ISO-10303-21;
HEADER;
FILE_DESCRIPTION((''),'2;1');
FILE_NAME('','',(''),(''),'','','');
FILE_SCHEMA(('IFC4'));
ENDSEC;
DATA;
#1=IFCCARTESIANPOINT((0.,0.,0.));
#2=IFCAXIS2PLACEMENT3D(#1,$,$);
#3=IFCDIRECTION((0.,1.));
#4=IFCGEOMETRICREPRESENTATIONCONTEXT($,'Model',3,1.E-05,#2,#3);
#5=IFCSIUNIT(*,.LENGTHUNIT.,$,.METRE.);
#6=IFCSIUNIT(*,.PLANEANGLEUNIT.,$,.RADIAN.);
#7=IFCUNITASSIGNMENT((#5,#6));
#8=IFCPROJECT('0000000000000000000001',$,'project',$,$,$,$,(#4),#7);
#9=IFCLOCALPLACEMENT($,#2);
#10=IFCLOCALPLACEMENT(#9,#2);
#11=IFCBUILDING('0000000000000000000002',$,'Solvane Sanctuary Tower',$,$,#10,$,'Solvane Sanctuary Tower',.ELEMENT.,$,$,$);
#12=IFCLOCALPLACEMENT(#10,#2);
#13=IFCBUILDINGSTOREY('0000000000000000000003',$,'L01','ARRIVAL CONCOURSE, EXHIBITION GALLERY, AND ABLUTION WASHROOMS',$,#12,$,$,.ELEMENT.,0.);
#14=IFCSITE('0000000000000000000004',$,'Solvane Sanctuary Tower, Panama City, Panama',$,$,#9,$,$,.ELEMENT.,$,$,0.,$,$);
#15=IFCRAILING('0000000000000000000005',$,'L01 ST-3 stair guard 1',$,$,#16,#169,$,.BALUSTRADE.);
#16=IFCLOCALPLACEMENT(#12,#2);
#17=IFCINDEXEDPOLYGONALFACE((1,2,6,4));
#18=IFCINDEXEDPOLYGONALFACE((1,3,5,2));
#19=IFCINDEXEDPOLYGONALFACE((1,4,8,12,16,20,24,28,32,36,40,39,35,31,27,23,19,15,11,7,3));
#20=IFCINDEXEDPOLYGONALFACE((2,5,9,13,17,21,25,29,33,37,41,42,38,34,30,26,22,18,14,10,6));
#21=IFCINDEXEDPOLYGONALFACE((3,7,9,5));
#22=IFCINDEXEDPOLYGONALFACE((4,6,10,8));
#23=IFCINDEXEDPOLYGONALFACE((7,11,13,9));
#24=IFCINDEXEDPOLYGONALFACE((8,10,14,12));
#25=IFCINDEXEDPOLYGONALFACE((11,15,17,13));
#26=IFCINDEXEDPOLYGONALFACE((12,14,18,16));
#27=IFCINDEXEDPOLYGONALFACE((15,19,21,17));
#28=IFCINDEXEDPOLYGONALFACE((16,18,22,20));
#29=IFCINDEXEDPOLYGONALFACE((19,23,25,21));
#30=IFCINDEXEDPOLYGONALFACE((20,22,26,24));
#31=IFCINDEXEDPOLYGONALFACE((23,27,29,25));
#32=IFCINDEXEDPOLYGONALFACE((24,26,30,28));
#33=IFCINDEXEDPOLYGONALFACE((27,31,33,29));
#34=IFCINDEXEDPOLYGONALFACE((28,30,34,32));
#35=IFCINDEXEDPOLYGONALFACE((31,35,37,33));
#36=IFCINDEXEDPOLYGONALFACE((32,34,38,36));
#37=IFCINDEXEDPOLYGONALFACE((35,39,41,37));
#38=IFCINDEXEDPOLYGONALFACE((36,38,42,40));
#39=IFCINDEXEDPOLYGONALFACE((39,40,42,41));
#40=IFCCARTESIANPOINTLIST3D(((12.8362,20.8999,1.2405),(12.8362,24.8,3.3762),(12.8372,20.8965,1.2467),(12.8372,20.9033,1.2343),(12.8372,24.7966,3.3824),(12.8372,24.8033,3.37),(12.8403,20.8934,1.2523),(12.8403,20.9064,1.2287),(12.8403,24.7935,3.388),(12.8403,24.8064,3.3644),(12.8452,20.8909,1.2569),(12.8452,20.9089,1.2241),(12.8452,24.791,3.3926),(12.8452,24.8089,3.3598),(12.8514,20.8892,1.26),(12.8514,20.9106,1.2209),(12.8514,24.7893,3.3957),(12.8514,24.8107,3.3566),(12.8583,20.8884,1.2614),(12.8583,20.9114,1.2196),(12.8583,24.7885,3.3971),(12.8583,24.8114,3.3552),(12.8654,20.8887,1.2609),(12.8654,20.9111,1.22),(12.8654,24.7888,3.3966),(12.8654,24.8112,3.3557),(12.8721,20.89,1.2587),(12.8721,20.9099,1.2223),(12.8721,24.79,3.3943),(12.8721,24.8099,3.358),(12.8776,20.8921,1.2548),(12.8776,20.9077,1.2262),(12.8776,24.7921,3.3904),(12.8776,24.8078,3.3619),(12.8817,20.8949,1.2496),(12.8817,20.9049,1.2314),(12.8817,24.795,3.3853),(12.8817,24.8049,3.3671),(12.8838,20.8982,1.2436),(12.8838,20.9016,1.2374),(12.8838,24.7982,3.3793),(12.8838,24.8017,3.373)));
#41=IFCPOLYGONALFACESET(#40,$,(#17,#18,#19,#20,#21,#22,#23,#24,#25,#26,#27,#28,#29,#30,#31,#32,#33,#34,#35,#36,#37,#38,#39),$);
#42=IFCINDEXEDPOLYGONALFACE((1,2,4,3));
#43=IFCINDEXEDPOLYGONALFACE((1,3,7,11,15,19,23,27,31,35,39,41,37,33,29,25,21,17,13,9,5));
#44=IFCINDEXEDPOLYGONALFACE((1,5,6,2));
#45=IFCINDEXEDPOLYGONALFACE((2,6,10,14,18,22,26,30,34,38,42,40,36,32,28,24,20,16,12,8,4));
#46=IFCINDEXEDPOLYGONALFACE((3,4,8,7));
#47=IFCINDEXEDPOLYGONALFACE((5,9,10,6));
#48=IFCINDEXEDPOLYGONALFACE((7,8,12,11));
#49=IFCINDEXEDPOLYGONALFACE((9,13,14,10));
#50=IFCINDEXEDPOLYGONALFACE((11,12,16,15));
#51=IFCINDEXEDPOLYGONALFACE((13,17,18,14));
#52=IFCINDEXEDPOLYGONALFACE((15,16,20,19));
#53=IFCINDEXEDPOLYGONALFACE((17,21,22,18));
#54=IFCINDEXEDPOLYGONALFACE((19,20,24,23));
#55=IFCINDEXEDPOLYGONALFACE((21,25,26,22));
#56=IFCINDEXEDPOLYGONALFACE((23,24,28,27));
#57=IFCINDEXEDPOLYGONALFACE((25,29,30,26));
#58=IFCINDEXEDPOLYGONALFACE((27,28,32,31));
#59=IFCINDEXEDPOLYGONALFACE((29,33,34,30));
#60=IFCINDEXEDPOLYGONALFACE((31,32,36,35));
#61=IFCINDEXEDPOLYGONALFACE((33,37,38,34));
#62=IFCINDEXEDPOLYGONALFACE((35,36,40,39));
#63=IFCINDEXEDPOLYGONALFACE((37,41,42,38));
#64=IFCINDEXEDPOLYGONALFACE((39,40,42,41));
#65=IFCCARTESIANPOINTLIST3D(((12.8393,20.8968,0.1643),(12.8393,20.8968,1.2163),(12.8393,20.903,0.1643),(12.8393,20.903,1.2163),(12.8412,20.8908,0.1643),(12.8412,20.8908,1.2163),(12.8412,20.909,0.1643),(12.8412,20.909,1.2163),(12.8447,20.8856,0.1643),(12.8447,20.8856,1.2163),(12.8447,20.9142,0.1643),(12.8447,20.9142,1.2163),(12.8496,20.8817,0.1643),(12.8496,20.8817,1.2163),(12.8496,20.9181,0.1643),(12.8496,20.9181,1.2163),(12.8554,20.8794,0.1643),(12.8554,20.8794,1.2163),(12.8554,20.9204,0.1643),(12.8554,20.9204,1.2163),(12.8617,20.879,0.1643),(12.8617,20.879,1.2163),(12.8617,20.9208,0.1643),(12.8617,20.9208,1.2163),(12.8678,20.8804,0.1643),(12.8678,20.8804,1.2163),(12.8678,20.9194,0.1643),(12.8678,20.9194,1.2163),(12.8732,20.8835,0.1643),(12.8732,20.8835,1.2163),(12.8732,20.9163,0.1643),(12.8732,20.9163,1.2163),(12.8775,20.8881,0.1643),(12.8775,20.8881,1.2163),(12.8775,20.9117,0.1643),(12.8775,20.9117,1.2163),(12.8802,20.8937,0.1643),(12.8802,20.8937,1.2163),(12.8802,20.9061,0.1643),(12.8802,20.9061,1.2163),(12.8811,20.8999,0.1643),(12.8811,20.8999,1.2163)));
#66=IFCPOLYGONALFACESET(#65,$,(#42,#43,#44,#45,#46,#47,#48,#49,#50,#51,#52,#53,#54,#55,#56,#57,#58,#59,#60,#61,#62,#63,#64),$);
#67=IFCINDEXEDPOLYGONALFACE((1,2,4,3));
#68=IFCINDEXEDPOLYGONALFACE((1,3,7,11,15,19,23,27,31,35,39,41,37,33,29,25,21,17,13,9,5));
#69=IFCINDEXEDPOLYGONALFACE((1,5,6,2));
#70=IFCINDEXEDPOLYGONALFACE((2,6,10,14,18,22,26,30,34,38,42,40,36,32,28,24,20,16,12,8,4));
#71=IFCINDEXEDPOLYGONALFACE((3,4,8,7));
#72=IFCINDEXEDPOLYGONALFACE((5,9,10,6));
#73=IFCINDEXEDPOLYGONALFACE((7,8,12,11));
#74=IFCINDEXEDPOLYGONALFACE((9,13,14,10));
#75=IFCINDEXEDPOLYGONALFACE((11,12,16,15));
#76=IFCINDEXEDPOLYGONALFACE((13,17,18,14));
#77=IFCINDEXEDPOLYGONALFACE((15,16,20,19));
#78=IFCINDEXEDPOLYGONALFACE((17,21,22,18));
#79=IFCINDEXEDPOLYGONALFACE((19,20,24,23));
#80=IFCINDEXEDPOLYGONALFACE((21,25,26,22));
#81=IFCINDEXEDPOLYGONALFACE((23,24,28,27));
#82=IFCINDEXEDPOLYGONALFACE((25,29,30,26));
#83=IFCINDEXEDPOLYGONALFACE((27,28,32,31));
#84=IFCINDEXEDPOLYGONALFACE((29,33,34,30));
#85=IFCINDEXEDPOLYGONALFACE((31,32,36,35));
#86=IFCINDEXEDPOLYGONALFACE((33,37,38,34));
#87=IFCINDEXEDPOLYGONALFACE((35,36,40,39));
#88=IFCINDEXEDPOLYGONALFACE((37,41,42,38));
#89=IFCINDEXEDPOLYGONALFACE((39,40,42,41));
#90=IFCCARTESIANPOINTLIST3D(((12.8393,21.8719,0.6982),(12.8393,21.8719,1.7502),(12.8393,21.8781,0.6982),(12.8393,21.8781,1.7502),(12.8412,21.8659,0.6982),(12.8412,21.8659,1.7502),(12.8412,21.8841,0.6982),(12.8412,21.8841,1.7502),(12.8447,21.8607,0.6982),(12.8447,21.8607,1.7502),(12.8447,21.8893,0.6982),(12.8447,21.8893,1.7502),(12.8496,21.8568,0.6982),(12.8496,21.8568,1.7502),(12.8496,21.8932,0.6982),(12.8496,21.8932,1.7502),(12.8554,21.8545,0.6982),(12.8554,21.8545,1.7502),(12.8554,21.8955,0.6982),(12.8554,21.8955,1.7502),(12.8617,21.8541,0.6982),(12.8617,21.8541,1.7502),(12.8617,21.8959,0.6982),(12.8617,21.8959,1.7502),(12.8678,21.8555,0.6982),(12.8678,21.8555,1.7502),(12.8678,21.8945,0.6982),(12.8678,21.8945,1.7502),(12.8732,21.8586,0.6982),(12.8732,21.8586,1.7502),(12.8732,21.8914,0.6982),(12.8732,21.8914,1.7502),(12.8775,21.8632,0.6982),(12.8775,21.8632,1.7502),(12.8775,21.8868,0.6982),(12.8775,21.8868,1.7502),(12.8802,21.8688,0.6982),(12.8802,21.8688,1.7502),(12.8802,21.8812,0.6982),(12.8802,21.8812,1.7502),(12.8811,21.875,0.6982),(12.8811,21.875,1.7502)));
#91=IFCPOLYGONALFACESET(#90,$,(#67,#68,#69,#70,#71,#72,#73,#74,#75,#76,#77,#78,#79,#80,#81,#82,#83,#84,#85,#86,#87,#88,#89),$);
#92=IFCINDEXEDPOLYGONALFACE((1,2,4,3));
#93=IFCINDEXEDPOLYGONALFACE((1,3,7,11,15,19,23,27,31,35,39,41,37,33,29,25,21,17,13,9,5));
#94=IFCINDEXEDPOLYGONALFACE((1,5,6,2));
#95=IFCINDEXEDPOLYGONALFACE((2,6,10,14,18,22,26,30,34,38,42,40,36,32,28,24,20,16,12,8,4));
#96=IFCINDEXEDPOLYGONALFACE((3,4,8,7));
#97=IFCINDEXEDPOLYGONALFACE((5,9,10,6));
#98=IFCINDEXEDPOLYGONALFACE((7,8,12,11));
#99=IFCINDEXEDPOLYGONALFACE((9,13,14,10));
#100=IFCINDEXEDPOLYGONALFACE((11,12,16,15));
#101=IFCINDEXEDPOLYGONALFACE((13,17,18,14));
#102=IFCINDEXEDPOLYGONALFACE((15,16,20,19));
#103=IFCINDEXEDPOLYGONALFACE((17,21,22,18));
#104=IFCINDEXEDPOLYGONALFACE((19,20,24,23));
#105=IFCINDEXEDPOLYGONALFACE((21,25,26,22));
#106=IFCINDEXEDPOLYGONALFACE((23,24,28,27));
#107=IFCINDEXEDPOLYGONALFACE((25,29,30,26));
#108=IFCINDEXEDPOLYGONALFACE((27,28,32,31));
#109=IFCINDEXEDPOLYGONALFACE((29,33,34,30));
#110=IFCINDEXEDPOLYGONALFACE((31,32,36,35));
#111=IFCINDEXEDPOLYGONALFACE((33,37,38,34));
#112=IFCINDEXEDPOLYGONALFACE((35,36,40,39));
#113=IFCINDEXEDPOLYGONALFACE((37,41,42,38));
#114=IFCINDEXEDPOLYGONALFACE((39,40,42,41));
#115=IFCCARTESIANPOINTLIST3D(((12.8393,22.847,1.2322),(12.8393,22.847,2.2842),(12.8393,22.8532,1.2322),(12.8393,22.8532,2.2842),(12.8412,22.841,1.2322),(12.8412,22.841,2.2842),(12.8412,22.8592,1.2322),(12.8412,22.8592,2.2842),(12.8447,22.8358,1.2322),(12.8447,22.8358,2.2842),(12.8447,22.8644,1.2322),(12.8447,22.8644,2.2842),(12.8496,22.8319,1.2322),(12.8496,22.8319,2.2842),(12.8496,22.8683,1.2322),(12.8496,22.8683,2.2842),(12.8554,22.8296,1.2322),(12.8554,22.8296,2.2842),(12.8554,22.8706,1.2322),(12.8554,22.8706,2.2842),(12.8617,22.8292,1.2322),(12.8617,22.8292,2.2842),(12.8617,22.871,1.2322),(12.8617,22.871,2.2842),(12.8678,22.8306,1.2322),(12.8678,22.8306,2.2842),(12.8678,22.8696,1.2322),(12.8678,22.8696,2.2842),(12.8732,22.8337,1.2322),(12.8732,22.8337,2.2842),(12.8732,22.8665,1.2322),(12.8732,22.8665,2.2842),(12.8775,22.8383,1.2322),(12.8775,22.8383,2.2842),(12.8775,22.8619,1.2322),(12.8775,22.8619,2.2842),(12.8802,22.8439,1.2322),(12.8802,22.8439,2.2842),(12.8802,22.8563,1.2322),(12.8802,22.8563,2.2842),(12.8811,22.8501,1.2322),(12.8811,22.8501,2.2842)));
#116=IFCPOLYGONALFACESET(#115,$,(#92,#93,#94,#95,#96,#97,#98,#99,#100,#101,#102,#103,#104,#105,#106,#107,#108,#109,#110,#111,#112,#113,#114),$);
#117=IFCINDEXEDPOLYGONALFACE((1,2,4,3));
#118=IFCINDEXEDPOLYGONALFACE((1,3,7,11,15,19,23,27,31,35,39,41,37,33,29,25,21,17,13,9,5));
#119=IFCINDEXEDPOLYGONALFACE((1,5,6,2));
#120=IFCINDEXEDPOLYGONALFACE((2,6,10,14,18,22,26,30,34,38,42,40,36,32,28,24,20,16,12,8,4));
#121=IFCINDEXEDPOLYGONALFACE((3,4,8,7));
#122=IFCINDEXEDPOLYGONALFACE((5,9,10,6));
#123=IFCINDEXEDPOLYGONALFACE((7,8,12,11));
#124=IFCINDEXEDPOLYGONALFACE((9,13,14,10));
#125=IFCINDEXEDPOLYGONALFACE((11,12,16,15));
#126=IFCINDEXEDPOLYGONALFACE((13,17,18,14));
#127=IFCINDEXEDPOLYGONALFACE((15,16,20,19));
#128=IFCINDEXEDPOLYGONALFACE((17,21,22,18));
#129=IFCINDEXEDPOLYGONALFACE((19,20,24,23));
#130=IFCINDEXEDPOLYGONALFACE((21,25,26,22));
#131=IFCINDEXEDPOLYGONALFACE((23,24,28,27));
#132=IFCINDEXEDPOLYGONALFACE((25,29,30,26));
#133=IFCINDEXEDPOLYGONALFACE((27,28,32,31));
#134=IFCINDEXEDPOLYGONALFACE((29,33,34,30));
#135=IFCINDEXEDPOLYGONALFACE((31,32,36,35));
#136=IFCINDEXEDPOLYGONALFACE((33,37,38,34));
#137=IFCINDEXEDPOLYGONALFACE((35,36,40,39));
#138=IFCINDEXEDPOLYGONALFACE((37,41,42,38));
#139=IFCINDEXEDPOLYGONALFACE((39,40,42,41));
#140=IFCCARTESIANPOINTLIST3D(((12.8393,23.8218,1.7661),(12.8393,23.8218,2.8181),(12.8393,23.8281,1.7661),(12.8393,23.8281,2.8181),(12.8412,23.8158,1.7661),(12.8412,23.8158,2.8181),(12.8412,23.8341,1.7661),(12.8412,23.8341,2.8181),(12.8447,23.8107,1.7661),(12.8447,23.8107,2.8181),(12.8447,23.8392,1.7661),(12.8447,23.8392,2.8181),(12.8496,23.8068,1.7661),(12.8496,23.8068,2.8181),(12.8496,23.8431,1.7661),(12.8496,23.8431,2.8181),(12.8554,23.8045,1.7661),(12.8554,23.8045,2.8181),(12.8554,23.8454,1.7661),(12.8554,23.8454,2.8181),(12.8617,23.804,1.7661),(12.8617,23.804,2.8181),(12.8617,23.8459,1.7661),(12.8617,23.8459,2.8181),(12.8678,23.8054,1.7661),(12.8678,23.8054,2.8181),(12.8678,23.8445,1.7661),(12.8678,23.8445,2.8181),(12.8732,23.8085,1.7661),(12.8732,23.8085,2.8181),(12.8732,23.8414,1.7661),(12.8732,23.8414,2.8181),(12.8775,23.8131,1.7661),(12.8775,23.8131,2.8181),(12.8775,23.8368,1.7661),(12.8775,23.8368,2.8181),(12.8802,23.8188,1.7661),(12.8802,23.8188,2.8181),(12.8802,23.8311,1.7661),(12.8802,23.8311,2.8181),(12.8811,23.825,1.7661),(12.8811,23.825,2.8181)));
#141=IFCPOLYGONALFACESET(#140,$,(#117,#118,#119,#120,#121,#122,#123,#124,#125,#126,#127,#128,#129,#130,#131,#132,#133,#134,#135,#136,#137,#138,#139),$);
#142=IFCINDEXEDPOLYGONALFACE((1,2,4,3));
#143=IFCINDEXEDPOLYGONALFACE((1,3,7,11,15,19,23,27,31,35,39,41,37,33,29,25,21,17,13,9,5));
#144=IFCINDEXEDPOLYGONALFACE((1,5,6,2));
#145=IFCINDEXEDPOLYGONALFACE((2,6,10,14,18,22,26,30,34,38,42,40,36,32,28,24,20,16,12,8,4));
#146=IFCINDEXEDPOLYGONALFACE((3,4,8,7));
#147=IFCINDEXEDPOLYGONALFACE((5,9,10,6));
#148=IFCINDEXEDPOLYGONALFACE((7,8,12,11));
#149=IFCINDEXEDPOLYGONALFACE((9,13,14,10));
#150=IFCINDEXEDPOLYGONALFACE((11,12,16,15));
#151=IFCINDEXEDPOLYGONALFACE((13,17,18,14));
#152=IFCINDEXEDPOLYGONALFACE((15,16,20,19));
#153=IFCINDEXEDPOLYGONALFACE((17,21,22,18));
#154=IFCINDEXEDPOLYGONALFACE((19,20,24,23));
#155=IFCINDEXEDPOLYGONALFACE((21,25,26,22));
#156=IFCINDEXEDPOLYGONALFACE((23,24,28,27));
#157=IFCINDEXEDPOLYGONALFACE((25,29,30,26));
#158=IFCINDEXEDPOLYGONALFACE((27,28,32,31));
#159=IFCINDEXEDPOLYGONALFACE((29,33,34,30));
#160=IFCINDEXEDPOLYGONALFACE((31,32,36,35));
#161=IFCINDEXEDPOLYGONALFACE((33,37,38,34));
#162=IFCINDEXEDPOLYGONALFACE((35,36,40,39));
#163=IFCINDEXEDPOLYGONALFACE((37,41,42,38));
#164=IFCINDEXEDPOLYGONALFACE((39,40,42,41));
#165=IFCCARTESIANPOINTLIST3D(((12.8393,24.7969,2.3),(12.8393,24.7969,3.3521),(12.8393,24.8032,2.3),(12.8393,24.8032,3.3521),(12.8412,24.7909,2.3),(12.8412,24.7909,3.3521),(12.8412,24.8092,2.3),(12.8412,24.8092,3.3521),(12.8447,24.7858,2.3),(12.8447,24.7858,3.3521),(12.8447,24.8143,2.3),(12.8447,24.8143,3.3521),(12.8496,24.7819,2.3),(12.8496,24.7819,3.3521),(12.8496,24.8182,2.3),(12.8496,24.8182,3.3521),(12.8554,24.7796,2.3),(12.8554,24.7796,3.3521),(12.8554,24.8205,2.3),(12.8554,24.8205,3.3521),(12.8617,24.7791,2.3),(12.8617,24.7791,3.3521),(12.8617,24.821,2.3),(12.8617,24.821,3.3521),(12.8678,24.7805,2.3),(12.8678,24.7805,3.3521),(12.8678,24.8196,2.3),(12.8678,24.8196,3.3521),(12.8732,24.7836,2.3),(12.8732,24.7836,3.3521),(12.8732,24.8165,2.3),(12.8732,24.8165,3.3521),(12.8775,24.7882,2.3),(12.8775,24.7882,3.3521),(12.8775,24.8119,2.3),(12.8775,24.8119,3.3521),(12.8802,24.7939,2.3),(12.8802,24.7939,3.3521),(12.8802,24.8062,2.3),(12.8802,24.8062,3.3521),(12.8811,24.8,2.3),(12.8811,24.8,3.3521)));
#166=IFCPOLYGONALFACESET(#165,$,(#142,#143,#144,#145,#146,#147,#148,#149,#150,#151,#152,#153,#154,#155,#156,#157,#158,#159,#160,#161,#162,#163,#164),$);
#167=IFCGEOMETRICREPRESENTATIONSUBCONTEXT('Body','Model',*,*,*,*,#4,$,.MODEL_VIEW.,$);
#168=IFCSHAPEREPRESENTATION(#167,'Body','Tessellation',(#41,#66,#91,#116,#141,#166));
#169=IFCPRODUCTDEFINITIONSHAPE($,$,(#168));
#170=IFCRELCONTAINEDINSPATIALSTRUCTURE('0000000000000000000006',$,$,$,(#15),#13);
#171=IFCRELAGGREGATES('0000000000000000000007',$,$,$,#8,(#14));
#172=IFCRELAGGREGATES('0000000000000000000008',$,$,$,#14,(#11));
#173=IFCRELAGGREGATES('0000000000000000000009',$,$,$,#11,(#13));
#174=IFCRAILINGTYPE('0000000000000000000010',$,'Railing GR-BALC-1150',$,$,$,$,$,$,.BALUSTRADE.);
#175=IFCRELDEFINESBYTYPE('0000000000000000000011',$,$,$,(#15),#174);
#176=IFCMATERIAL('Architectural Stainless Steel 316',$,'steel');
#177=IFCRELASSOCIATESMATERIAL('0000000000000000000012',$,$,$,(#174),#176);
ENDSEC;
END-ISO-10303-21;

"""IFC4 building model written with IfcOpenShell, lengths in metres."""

from ifc_helpers import new_model, si_unit, direction, frame, origin, origin_2d, place, context, subcontext, project, spatial, circle, extrude, material, type_object, element, save


model = new_model("IFC4")

# Units and contexts
model_context = context("Model", 3, precision=1e-05, world=origin(), true_north=direction((0.0, 1.0)))
body_context = subcontext(model_context, "Body", "Model", "MODEL_VIEW")
ifc_project = project(units=[si_unit("LENGTHUNIT", "METRE"), si_unit("PLANEANGLEUNIT", "RADIAN")], contexts=[model_context])

# Site, building, storey
site_placement = place(None, origin())
site = spatial("IfcSite", under=ifc_project, at=site_placement, Name="Solvane Sanctuary Tower, Panama City, Panama", CompositionType="ELEMENT", RefElevation=0.0)
building_placement = place(site_placement, origin())
building = spatial("IfcBuilding", under=site, at=building_placement, Name="Solvane Sanctuary Tower", LongName="Solvane Sanctuary Tower", CompositionType="ELEMENT")
storey_placement = place(building_placement, origin())
storey = spatial("IfcBuildingStorey", under=building, at=storey_placement, Name="L01", Description="ARRIVAL CONCOURSE, EXHIBITION GALLERY, AND ABLUTION WASHROOMS", CompositionType="ELEMENT", Elevation=0.0)

# Shared definitions
ifc_material_1 = material(Name="Architectural Stainless Steel 316", Category="steel")

# Railing
railing_type = type_object("IfcRailingType", Name="Railing GR-BALC-1150", PredefinedType="BALUSTRADE", material=ifc_material_1)
railing_1_placement = place(storey_placement, frame((12.8601, 20.8999, 0.1643)))
element("IfcRailing", 1, at=railing_1_placement, inside=storey, type_object=railing_type, Name="L01 ST-3 stair guard 1", PredefinedType="BALUSTRADE", context=body_context, shape_type="SweptSolid", body=[
    extrude(circle(Radius=0.0239, at=origin_2d()), frame((0.0, 0.0, 1.0762), z_axis=(0.0, 0.877101, 0.480306), x_axis=(-1.0, 0.0, 0.0)), (0.0, 0.0, 1.0), 4.4465),
    extrude(circle(Radius=0.021, at=origin_2d()), origin(), (0.0, 0.0, 1.0), 1.052),
    extrude(circle(Radius=0.021, at=origin_2d()), frame((0.0, 0.9751, 0.5339)), (0.0, 0.0, 1.0), 1.052),
    extrude(circle(Radius=0.021, at=origin_2d()), frame((0.0, 1.9502, 1.0679)), (0.0, 0.0, 1.0), 1.052),
    extrude(circle(Radius=0.021, at=origin_2d()), frame((0.0, 2.925, 1.6018)), (0.0, 0.0, 1.0), 1.052),
    extrude(circle(Radius=0.021, at=origin_2d()), frame((0.0, 3.9001, 2.1357)), (0.0, 0.0, 1.0), 1.052),
])

save(model, "model.ifc")
